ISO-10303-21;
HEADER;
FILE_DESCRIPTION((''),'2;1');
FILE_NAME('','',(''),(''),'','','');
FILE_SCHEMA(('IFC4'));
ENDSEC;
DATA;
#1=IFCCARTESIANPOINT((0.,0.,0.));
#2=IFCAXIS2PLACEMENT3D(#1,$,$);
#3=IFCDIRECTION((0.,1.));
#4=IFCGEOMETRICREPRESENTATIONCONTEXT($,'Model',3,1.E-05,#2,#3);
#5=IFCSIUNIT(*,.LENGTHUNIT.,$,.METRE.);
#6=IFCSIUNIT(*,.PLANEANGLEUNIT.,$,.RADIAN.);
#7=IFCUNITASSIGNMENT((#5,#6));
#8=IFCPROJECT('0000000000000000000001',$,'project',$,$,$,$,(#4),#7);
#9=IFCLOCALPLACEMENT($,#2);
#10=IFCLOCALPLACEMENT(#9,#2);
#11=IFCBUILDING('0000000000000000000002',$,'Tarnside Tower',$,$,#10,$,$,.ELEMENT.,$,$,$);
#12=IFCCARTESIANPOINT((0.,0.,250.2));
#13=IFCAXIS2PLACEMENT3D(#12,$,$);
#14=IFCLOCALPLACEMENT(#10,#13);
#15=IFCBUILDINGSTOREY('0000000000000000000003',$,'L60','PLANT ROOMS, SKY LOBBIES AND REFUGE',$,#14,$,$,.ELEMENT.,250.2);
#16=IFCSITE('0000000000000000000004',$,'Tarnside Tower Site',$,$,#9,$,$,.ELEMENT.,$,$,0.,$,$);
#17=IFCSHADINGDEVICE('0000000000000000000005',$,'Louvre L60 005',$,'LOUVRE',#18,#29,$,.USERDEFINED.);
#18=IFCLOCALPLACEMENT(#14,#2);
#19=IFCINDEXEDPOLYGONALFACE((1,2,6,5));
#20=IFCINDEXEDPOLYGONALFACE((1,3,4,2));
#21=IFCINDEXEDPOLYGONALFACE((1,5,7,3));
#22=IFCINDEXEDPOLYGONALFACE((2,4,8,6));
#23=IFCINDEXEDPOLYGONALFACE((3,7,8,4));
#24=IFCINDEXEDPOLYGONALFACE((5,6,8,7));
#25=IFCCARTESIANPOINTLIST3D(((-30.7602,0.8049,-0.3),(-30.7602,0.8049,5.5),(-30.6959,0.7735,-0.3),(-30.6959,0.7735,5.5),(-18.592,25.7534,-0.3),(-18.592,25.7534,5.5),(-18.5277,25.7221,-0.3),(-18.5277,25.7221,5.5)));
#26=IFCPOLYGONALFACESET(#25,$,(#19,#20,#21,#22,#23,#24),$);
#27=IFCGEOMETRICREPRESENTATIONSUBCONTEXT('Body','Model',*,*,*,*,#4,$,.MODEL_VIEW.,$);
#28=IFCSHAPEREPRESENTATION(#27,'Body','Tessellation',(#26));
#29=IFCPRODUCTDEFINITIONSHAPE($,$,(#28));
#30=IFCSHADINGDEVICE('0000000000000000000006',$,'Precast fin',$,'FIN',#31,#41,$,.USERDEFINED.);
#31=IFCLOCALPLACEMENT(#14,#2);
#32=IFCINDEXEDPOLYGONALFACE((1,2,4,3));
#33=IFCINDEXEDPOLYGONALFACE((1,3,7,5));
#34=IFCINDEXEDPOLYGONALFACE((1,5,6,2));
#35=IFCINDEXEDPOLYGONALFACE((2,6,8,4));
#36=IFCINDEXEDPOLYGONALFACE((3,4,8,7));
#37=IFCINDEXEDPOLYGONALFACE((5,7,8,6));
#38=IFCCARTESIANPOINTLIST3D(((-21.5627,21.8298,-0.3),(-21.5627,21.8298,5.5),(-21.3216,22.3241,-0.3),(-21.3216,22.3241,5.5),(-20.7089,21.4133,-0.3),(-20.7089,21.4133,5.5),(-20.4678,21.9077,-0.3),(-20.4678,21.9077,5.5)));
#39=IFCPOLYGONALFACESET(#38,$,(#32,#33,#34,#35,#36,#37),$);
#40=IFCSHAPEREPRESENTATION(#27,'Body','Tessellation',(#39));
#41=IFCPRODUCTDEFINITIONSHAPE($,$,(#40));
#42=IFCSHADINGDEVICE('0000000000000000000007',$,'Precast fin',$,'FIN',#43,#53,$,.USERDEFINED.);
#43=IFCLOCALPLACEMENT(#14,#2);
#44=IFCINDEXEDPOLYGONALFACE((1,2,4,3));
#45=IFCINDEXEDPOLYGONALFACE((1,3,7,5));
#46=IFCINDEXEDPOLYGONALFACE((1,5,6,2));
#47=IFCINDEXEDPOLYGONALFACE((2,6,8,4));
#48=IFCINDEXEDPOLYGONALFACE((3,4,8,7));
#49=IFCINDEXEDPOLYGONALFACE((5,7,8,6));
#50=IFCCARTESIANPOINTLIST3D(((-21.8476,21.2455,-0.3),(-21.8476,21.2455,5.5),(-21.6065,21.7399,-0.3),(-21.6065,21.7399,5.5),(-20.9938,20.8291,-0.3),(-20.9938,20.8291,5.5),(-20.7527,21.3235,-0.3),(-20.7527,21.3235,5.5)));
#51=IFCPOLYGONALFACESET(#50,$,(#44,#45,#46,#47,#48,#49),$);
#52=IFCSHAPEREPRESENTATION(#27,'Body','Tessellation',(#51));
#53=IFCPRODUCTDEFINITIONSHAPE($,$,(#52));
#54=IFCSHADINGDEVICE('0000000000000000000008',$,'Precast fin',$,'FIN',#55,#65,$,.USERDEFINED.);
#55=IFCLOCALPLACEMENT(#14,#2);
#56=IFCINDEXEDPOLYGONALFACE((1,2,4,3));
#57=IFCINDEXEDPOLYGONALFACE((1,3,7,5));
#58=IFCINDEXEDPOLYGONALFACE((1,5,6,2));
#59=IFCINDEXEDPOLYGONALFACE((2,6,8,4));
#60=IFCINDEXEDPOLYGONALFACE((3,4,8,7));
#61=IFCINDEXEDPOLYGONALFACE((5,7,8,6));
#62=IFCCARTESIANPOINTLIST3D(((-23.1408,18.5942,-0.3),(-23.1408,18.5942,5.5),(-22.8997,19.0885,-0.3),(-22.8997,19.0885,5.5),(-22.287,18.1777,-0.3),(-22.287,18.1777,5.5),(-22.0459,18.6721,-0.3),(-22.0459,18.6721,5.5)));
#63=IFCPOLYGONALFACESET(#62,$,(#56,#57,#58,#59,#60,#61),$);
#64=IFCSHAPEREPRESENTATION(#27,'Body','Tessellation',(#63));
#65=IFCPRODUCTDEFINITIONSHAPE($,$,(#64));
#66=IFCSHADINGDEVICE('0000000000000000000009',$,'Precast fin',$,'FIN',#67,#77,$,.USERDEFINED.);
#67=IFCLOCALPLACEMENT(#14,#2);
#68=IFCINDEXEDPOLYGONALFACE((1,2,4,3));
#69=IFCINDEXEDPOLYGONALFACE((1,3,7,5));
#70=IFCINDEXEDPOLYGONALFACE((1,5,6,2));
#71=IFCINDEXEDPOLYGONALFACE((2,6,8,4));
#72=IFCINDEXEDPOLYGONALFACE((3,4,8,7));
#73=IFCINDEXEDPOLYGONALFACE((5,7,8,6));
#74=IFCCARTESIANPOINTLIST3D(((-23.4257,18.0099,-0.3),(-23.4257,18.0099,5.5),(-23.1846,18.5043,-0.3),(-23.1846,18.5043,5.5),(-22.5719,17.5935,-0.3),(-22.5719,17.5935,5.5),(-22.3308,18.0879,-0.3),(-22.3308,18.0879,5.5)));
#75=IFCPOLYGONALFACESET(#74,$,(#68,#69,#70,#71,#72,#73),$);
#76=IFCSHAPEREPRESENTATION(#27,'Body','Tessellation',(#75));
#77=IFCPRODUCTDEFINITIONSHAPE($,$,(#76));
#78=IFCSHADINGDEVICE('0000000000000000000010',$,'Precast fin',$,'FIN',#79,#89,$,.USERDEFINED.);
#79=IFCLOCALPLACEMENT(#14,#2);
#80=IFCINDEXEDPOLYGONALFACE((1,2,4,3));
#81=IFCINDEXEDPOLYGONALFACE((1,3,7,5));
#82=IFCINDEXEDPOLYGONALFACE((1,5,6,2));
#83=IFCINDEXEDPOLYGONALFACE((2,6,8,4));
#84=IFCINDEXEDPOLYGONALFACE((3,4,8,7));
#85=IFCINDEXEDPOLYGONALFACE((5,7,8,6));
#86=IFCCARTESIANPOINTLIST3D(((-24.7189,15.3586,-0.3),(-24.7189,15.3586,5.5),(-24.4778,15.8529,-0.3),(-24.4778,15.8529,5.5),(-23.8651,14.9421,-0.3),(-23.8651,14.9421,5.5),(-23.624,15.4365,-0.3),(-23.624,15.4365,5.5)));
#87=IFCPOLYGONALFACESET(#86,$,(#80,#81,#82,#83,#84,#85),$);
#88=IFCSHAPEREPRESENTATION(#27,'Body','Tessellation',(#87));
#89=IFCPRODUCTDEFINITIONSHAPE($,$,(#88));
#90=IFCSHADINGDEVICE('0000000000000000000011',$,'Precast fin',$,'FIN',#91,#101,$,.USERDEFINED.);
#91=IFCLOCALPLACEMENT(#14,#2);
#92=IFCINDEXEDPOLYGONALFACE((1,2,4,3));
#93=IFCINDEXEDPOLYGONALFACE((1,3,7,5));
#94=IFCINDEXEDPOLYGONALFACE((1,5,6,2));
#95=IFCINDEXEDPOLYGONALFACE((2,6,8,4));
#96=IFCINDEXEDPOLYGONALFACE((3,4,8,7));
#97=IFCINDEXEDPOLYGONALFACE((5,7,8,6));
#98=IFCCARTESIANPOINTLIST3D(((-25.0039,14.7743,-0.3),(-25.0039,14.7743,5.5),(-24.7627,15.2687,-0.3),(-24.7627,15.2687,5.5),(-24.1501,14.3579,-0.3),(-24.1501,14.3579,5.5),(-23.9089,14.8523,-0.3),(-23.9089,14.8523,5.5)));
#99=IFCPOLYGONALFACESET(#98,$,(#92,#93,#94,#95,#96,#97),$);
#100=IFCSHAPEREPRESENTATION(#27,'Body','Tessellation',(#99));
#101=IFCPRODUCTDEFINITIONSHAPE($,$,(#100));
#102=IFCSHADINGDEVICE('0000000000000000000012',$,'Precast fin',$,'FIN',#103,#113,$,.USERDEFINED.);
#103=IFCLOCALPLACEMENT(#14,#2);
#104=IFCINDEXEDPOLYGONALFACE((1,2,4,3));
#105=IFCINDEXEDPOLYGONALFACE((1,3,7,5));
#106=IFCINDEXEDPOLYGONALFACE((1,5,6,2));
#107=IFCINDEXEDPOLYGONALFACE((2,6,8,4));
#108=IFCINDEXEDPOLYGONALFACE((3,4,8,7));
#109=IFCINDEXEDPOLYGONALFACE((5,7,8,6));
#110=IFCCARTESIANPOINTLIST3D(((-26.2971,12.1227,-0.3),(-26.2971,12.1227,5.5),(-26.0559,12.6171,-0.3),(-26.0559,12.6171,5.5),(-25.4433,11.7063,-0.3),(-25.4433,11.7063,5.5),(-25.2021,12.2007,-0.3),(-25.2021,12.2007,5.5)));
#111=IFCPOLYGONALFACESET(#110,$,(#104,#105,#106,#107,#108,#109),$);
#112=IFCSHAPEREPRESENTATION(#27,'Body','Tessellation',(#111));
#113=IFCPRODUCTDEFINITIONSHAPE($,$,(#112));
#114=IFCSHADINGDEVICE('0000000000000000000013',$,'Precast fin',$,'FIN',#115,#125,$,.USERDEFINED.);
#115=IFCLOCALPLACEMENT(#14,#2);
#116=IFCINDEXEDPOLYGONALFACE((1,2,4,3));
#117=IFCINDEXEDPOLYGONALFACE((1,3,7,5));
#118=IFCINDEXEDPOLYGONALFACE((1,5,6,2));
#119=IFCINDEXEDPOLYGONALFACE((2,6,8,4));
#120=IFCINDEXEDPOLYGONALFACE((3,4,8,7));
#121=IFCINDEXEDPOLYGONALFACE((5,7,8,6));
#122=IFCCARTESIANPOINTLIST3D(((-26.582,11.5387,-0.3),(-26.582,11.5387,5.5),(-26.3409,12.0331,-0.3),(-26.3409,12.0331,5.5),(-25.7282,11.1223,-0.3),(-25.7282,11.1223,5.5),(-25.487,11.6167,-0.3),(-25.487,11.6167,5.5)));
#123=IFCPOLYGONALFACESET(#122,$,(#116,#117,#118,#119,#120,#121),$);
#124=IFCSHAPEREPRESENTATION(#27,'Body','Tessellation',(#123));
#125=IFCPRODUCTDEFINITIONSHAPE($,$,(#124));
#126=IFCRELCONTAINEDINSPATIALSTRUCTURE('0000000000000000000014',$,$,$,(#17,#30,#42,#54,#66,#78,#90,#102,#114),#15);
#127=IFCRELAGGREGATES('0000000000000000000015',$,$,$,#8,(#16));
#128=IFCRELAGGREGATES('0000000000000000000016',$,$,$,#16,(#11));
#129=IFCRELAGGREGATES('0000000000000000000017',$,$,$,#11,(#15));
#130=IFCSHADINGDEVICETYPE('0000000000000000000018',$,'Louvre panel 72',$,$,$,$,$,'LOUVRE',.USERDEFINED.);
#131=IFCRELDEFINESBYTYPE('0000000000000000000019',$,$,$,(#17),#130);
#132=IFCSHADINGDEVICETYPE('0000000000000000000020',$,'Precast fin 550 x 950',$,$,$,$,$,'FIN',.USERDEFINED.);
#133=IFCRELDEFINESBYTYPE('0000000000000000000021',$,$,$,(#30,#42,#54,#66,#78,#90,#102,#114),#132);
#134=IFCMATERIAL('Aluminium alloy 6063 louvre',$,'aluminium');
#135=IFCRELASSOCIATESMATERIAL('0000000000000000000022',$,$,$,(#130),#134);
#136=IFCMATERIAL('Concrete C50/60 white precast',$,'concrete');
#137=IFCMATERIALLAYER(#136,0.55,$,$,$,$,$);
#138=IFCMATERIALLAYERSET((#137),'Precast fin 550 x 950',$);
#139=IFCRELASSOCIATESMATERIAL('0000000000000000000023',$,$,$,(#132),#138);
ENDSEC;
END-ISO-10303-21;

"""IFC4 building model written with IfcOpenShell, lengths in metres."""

from ifc_helpers import new_model, si_unit, direction, frame, origin, place, context, subcontext, project, spatial, polyline, outline, extrude, material, layer, layer_set, type_object, element, save


model = new_model("IFC4")

# Units and contexts
model_context = context("Model", 3, precision=1e-05, world=origin(), true_north=direction((0.0, 1.0)))
body_context = subcontext(model_context, "Body", "Model", "MODEL_VIEW")
ifc_project = project(units=[si_unit("LENGTHUNIT", "METRE"), si_unit("PLANEANGLEUNIT", "RADIAN")], contexts=[model_context])

# Site, building, storey
site_placement = place(None, origin())
site = spatial("IfcSite", under=ifc_project, at=site_placement, Name="Tarnside Tower Site", CompositionType="ELEMENT", RefElevation=0.0)
building_placement = place(site_placement, origin())
building = spatial("IfcBuilding", under=site, at=building_placement, Name="Tarnside Tower", CompositionType="ELEMENT")
storey_placement = place(building_placement, frame((0.0, 0.0, 250.2)))
storey = spatial("IfcBuildingStorey", under=building, at=storey_placement, Name="L60", Description="PLANT ROOMS, SKY LOBBIES AND REFUGE", CompositionType="ELEMENT", Elevation=250.2)

# Shading devices
ifc_material_1 = material(Name="Aluminium alloy 6063 louvre", Category="aluminium")
shading_device_type_1 = type_object("IfcShadingDeviceType", Name="Louvre panel 72", ElementType="LOUVRE", PredefinedType="USERDEFINED", material=ifc_material_1)
shading_device_placement = place(storey_placement, frame((-24.6118, 13.2478, -0.3), z_axis=(0.43837, 0.898795, 0.0), x_axis=(-0.898795, 0.43837, 0.0)))
element("IfcShadingDevice", 1, at=shading_device_placement, inside=storey, type_object=shading_device_type_1, Name="Louvre L60 005", ObjectType="LOUVRE", PredefinedType="USERDEFINED", context=body_context, shape_type="SweptSolid", body=[
    extrude(outline(polyline([(0.0, 0.0), (0.0715, 0.0), (0.0715, 5.8), (0.0, 5.8), (0.0, 0.0)])), frame((0.0, 0.0, -13.8789)), (0.0, 0.0, 1.0), 27.7578),
])
ifc_material_2 = material(Name="Concrete C50/60 white precast", Category="concrete")
ifc_layer_1 = layer(ifc_material_2, 0.55)
ifc_layer_set_1 = layer_set([ifc_layer_1], Name="Precast fin 550 x 950")
shading_device_type_2 = type_object("IfcShadingDeviceType", Name="Precast fin 550 x 950", ElementType="FIN", PredefinedType="USERDEFINED", material=ifc_layer_set_1)
for number, where, z_axis, x_axis, name in (
    (2, (-20.5884, 21.6604, -0.3), (0.438371, 0.898794, 0.0), (-0.898794, 0.438371, 0.0), "Precast fin"),
    (3, (-20.8733, 21.0762, -0.3), (0.438371, 0.898794, 0.0), (-0.898794, 0.438371, 0.0), "Precast fin"),
    (4, (-22.1665, 18.4248, -0.3), (0.438371, 0.898794, 0.0), (-0.898794, 0.438371, 0.0), "Precast fin"),
    (5, (-22.4514, 17.8406, -0.3), (0.438371, 0.898794, 0.0), (-0.898794, 0.438371, 0.0), "Precast fin"),
    (6, (-23.7446, 15.1892, -0.3), (0.438371, 0.898794, 0.0), (-0.898794, 0.438371, 0.0), "Precast fin"),
    (7, (-24.0295, 14.605, -0.3), (0.438371, 0.898794, 0.0), (-0.898794, 0.438371, 0.0), "Precast fin"),
    (8, (-25.3228, 11.9534, -0.3), (0.438371, 0.898794, 0.0), (-0.898794, 0.438371, 0.0), "Precast fin"),
    (9, (-25.6077, 11.3694, -0.3), (0.438371, 0.898794, 0.0), (-0.898794, 0.438371, 0.0), "Precast fin"),
):
    element("IfcShadingDevice", number, at=place(storey_placement, frame(where, z_axis=z_axis, x_axis=x_axis)), inside=storey, type_object=shading_device_type_2, Name=name, ObjectType="FIN", PredefinedType="USERDEFINED", context=body_context, shape_type="SweptSolid", body=[
        extrude(outline(polyline([(0.0, 0.0), (0.95, 0.0), (0.95, 5.8), (0.0, 5.8), (0.0, 0.0)])), frame((0.0, 0.0, -0.2749)), (0.0, 0.0, 1.0), 0.55),
    ])

save(model, "model.ifc")
